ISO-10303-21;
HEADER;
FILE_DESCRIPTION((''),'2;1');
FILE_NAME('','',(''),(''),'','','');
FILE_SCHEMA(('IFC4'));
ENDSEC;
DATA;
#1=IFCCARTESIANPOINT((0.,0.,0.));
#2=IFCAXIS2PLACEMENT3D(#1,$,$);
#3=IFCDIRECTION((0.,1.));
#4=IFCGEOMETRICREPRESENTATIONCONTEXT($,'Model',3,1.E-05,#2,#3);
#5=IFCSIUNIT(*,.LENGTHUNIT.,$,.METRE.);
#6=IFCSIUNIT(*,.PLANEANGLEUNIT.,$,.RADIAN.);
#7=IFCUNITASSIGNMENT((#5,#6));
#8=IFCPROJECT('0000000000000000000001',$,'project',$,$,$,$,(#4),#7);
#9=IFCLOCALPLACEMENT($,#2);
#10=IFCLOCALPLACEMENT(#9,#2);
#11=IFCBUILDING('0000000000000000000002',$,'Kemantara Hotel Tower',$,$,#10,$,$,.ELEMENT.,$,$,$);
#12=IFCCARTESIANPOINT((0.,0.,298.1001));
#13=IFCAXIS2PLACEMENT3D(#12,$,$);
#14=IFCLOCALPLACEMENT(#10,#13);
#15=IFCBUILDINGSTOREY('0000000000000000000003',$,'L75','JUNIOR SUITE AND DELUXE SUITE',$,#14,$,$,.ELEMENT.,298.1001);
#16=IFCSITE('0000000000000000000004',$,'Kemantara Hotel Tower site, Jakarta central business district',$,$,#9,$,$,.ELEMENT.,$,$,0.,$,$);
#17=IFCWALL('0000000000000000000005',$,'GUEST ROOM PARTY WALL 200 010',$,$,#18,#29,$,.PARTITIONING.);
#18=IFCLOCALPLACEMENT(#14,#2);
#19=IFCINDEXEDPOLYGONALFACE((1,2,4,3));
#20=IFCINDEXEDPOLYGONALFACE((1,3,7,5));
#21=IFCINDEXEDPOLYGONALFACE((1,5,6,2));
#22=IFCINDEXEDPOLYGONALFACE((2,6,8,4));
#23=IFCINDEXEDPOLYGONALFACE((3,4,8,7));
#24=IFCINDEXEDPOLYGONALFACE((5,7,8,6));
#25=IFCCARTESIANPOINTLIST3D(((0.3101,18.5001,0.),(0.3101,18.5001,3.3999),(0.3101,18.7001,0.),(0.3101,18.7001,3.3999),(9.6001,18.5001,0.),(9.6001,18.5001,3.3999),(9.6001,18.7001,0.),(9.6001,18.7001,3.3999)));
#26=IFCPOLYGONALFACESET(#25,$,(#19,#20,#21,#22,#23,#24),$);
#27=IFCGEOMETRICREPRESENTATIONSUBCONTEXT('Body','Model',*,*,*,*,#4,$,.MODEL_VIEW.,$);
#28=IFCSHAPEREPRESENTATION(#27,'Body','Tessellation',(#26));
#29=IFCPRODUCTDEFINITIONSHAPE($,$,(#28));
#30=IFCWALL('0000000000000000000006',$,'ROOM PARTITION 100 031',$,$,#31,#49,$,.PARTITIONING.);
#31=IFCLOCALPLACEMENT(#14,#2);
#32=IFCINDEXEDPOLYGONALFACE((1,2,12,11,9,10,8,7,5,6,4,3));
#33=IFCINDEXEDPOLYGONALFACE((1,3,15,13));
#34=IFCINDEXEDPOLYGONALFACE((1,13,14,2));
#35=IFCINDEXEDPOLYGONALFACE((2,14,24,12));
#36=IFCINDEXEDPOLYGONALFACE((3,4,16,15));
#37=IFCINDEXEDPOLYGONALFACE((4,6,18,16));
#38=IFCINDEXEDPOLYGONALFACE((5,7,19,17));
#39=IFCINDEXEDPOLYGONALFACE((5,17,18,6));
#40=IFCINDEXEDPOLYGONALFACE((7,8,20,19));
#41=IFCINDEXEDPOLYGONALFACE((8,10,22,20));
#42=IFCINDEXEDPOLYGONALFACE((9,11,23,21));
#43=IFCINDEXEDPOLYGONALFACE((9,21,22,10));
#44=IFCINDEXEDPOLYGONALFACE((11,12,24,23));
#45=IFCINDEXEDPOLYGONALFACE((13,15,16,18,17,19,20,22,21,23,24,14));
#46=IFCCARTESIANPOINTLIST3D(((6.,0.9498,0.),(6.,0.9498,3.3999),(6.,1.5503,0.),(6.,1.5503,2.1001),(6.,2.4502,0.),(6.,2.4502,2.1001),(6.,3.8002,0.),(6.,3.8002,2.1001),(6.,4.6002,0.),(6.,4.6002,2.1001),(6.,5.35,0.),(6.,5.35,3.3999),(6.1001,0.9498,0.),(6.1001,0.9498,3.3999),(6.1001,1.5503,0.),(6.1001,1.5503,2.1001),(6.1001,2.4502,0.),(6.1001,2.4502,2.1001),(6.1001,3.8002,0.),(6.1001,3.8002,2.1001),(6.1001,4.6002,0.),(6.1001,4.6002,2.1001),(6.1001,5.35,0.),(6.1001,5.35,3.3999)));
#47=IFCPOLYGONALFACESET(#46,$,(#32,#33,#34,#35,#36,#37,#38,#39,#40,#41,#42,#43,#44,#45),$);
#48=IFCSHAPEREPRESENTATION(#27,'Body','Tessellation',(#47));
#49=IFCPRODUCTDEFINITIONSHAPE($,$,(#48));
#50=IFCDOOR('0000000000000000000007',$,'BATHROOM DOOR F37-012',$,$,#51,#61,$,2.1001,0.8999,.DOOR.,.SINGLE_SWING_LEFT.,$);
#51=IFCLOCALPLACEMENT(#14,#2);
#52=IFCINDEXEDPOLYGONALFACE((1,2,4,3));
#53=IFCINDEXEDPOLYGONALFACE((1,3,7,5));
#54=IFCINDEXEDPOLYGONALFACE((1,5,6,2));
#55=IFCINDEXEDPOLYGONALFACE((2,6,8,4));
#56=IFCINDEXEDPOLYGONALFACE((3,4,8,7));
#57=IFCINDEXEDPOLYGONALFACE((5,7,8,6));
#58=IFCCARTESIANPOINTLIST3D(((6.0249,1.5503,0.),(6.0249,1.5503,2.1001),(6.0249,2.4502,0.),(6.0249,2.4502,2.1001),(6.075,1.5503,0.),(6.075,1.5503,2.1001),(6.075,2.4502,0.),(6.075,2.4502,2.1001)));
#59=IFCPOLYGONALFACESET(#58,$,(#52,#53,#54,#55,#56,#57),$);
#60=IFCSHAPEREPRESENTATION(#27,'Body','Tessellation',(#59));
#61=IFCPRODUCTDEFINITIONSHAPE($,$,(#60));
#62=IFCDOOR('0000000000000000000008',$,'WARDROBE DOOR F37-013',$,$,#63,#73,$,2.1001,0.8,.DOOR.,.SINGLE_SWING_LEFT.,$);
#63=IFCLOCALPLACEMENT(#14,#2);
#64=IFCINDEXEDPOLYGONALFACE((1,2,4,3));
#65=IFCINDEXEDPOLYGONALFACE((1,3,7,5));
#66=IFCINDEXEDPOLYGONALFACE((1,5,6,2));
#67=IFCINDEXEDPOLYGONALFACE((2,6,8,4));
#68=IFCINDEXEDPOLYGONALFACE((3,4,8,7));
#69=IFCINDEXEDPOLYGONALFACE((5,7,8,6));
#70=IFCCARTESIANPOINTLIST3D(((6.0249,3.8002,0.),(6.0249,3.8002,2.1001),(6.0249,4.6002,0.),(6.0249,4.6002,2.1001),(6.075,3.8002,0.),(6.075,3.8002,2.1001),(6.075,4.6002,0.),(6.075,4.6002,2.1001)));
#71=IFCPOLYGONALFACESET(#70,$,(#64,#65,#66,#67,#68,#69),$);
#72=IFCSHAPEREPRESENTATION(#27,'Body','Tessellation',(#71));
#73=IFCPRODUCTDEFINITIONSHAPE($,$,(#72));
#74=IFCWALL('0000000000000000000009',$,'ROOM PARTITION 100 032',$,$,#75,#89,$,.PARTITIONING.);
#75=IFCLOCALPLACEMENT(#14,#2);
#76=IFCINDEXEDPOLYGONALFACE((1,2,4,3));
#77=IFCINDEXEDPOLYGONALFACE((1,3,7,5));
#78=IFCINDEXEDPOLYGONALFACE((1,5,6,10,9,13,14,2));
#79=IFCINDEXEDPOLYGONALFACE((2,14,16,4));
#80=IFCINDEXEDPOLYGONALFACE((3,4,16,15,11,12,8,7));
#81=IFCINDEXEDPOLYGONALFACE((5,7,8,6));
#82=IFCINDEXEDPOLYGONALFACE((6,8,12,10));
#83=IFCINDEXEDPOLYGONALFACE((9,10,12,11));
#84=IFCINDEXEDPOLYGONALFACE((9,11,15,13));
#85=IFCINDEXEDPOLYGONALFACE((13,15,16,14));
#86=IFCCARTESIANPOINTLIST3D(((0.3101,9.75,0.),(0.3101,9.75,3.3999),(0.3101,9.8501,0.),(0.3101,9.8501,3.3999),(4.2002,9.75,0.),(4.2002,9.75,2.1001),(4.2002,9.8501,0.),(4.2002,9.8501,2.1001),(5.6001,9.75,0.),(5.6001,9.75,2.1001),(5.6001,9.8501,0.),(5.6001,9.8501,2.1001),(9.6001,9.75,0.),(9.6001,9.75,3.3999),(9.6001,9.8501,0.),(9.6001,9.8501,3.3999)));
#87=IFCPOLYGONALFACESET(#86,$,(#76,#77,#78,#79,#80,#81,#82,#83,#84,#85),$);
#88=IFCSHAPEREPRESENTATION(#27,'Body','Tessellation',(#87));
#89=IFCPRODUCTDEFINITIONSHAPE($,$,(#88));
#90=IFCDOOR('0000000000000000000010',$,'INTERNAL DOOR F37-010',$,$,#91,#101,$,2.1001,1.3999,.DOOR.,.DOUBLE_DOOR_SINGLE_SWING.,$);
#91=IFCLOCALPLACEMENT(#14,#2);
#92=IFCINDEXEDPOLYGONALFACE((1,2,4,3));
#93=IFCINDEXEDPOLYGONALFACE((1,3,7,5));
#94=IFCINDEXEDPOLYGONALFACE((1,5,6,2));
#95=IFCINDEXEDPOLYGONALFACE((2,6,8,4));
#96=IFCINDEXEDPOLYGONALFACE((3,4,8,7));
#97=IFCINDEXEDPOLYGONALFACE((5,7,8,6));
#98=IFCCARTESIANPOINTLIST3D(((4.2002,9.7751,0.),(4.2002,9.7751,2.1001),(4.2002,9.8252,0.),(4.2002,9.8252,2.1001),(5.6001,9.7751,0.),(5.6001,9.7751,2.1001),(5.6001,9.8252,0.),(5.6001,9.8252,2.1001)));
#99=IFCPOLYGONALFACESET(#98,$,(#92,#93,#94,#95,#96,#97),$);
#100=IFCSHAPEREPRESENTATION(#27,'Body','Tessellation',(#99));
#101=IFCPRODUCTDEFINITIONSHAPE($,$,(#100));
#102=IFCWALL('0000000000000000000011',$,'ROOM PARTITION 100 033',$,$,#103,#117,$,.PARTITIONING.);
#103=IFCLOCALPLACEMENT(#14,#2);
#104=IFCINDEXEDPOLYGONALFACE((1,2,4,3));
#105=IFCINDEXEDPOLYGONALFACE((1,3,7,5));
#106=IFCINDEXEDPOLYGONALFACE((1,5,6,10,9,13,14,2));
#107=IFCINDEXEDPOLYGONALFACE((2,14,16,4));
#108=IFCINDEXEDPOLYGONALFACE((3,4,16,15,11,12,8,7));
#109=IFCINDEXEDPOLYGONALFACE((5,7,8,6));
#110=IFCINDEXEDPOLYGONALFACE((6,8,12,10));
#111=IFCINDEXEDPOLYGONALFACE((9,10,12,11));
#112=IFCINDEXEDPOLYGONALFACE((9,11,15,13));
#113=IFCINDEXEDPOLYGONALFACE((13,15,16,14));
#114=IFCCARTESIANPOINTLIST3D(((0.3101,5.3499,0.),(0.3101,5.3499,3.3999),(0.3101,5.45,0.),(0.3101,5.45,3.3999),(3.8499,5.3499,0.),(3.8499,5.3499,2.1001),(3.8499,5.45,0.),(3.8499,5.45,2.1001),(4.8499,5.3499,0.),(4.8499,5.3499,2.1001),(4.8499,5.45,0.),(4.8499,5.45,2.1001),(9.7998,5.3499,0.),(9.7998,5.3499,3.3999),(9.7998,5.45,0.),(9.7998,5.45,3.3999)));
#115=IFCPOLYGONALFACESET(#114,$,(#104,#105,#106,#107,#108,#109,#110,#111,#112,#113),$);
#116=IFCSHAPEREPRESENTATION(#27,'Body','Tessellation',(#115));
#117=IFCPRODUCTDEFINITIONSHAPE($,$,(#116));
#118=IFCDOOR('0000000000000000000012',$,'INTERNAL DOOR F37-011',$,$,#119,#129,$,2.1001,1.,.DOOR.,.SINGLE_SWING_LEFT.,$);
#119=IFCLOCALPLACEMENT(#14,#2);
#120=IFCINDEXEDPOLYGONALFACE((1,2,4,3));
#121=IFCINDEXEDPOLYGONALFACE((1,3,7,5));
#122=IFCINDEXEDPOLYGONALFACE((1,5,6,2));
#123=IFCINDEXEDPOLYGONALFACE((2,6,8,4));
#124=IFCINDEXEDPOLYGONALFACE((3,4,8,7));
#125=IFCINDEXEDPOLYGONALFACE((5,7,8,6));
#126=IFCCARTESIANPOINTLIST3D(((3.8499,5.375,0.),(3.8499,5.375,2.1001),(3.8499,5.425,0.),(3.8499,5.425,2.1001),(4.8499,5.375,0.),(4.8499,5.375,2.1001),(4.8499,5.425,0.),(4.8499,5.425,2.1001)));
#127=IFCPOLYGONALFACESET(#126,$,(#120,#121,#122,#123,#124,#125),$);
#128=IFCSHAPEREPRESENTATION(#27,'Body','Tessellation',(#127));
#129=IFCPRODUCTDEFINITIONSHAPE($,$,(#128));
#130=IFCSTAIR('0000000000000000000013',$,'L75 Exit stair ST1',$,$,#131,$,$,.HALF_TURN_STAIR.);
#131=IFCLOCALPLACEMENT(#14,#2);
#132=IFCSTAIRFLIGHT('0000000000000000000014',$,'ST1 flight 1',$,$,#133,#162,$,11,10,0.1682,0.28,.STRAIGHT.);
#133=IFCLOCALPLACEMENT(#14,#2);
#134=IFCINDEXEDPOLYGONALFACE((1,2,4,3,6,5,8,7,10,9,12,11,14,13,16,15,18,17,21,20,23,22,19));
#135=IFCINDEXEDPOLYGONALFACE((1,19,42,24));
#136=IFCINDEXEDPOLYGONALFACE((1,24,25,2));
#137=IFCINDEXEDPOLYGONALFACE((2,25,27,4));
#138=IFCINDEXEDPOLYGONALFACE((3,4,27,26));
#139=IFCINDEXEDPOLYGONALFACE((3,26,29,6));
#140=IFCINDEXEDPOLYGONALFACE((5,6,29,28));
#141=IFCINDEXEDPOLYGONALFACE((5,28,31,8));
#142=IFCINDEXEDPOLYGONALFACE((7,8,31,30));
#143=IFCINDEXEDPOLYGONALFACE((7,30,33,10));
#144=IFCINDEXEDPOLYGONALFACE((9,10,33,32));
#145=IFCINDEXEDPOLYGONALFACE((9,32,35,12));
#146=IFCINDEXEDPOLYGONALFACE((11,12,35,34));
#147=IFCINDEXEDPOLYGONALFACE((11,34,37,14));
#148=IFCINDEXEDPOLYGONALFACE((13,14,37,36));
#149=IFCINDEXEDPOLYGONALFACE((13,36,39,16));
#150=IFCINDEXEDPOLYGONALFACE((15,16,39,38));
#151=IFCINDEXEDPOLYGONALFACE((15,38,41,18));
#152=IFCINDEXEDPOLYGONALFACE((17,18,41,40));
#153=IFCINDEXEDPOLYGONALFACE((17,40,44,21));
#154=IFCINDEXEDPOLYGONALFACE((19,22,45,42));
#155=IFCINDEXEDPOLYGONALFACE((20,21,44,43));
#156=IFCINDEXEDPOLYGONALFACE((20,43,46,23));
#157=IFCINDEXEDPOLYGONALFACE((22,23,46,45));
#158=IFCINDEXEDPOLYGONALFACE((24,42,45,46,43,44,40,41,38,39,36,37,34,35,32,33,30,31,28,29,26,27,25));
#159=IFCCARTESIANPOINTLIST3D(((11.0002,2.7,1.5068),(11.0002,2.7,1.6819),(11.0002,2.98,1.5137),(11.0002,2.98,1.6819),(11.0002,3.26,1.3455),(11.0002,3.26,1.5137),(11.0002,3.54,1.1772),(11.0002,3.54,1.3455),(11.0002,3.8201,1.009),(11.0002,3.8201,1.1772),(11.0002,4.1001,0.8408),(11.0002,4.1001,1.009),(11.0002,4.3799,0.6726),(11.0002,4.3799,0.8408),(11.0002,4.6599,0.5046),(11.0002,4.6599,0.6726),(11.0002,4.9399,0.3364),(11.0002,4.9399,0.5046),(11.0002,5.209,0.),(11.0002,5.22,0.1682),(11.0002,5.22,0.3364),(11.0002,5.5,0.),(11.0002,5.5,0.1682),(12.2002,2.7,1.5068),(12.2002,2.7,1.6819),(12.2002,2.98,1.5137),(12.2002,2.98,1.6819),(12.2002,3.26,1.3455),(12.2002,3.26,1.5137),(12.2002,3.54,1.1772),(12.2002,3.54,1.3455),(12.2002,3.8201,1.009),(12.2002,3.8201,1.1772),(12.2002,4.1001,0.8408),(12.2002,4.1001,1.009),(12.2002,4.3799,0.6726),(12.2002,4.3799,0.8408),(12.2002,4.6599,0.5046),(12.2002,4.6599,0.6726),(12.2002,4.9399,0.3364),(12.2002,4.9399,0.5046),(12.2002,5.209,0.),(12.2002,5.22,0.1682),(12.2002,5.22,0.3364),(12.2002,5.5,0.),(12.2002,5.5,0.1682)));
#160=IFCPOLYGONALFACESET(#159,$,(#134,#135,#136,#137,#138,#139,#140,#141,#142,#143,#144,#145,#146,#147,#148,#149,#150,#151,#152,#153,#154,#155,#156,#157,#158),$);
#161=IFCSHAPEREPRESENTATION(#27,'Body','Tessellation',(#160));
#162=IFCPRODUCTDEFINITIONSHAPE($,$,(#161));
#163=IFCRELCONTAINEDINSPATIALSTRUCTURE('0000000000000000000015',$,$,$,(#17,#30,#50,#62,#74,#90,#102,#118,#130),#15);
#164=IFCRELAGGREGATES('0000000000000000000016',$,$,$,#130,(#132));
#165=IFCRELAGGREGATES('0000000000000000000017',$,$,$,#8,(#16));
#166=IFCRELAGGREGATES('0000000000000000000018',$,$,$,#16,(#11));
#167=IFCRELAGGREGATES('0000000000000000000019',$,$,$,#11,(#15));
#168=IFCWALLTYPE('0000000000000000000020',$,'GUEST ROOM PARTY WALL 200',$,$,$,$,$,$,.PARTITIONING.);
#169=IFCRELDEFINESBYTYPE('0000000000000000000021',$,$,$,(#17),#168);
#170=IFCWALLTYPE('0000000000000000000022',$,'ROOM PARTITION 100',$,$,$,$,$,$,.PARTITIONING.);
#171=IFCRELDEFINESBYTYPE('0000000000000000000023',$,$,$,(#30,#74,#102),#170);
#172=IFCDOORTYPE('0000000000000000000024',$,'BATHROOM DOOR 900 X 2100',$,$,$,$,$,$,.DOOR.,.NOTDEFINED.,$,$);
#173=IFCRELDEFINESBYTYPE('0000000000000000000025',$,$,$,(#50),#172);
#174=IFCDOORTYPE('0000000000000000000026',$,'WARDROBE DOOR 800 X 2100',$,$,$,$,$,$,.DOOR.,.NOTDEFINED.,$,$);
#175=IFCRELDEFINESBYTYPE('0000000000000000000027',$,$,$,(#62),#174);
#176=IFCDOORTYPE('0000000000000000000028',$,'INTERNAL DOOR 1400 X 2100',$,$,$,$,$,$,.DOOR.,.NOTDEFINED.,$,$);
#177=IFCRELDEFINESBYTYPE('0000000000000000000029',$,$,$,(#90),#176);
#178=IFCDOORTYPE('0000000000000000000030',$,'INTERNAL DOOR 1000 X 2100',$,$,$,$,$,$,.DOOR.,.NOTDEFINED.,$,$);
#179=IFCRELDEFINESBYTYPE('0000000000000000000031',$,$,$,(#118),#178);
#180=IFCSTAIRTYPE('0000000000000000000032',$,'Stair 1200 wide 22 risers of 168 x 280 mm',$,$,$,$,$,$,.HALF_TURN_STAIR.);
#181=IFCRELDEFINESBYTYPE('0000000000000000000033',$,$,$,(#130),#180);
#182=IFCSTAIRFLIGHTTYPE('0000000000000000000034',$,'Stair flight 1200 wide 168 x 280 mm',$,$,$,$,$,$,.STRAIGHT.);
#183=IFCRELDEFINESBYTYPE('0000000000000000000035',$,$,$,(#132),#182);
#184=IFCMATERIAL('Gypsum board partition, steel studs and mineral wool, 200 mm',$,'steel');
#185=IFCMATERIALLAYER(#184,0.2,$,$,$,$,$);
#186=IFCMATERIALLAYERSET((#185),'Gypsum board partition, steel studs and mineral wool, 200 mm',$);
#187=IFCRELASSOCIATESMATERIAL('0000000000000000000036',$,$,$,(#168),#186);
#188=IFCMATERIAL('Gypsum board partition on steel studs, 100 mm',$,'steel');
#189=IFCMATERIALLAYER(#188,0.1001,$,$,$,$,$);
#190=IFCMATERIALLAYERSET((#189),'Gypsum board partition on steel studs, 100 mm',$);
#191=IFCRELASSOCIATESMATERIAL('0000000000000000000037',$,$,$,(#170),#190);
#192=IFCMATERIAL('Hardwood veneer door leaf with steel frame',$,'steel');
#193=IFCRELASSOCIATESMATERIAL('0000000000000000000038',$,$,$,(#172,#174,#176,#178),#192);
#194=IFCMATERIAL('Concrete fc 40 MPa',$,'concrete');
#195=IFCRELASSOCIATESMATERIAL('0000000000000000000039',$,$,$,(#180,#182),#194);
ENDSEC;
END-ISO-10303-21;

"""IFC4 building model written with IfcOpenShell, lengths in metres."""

from ifc_helpers import new_model, si_unit, direction, frame, frame_2d, origin, place, context, subcontext, project, spatial, polyline, rectangle, outline, extrude, material, layer, layer_set, type_object, element, fill, aggregate, save


model = new_model("IFC4")

# Units and contexts
model_context = context("Model", 3, precision=1e-05, world=origin(), true_north=direction((0.0, 1.0)))
body_context = subcontext(model_context, "Body", "Model", "MODEL_VIEW")
ifc_project = project(units=[si_unit("LENGTHUNIT", "METRE"), si_unit("PLANEANGLEUNIT", "RADIAN")], contexts=[model_context])

# Site, building, storey
site_placement = place(None, origin())
site = spatial("IfcSite", under=ifc_project, at=site_placement, Name="Kemantara Hotel Tower site, Jakarta central business district", CompositionType="ELEMENT", RefElevation=0.0)
building_placement = place(site_placement, origin())
building = spatial("IfcBuilding", under=site, at=building_placement, Name="Kemantara Hotel Tower", CompositionType="ELEMENT")
storey_placement = place(building_placement, frame((0.0, 0.0, 298.1001)))
storey = spatial("IfcBuildingStorey", under=building, at=storey_placement, Name="L75", Description="JUNIOR SUITE AND DELUXE SUITE", CompositionType="ELEMENT", Elevation=298.1001)

# Shared definitions
ifc_material_1 = material(Name="Gypsum board partition, steel studs and mineral wool, 200 mm", Category="steel")
ifc_material_2 = material(Name="Hardwood veneer door leaf with steel frame", Category="steel")

# Wall
ifc_layer_1 = layer(ifc_material_1, 0.2)
ifc_layer_set_1 = layer_set([ifc_layer_1], Name="Gypsum board partition, steel studs and mineral wool, 200 mm")
wall_type_1 = type_object("IfcWallType", Name="GUEST ROOM PARTY WALL 200", PredefinedType="PARTITIONING", material=ifc_layer_set_1)
wall_1_placement = place(storey_placement, frame((0.3101, 18.6001, 0.0), z_axis=(0.0, 0.0, 1.0), x_axis=(1.0, 0.0, 0.0)))
element("IfcWall", 1, at=wall_1_placement, inside=storey, type_object=wall_type_1, Name="GUEST ROOM PARTY WALL 200 010", PredefinedType="PARTITIONING", context=body_context, shape_type="SweptSolid", body=[
    extrude(rectangle(XDim=9.29, YDim=0.2, at=frame_2d((4.645, 0.0))), origin(), (0.0, 0.0, 1.0), 3.3999),
])

# Wall, openings, doors
ifc_material_3 = material(Name="Gypsum board partition on steel studs, 100 mm", Category="steel")
ifc_layer_2 = layer(ifc_material_3, 0.1001)
ifc_layer_set_2 = layer_set([ifc_layer_2], Name="Gypsum board partition on steel studs, 100 mm")
wall_type_2 = type_object("IfcWallType", Name="ROOM PARTITION 100", PredefinedType="PARTITIONING", material=ifc_layer_set_2)
wall_2_placement = place(storey_placement, frame((6.05, 5.3501, 0.0), z_axis=(0.0, 0.0, 1.0), x_axis=(0.0, -1.0, 0.0)))
wall_2 = element("IfcWall", 2, at=wall_2_placement, inside=storey, type_object=wall_type_2, Name="ROOM PARTITION 100 031", PredefinedType="PARTITIONING", context=body_context, shape_type="SweptSolid", body=[
    extrude(rectangle(XDim=4.4001, YDim=0.1001, at=frame_2d((2.2002, 0.0))), origin(), (0.0, 0.0, 1.0), 3.3999),
])
opening_1_placement = place(wall_2_placement, frame((2.8999, 0.0, 0.0)))
opening_1 = element("IfcOpeningElement", 3, at=opening_1_placement, cuts=wall_2, PredefinedType="OPENING", context=body_context, shape_type="SweptSolid", body=[
    extrude(rectangle(XDim=0.8999, YDim=2.1001, at=frame_2d((0.45, 1.05))), frame((0.0, 0.0601, 0.0), z_axis=(0.0, -1.0, 0.0), x_axis=(1.0, 0.0, 0.0)), (0.0, 0.0, 1.0), 0.1201),
])
opening_2_placement = place(wall_2_placement, frame((0.75, 0.0, 0.0)))
opening_2 = element("IfcOpeningElement", 4, at=opening_2_placement, cuts=wall_2, PredefinedType="OPENING", context=body_context, shape_type="SweptSolid", body=[
    extrude(rectangle(XDim=0.8, YDim=2.1001, at=frame_2d((0.3999, 1.05))), frame((0.0, 0.0601, 0.0), z_axis=(0.0, -1.0, 0.0), x_axis=(1.0, 0.0, 0.0)), (0.0, 0.0, 1.0), 0.1201),
])
door_type_1 = type_object("IfcDoorType", Name="BATHROOM DOOR 900 X 2100", OperationType="NOTDEFINED", PredefinedType="DOOR", material=ifc_material_2)
door_1_placement = place(opening_1_placement, origin())
door_1 = element("IfcDoor", 5, at=door_1_placement, inside=storey, type_object=door_type_1, Name="BATHROOM DOOR F37-012", OperationType="SINGLE_SWING_LEFT", OverallHeight=2.1001, OverallWidth=0.8999, PredefinedType="DOOR", context=body_context, shape_type="SweptSolid", body=[
    extrude(rectangle(XDim=0.8999, YDim=2.1001, at=frame_2d((0.45, 1.05))), frame((0.0, 0.0249, 0.0), z_axis=(0.0, -1.0, 0.0), x_axis=(1.0, 0.0, 0.0)), (0.0, 0.0, 1.0), 0.05),
])
fill(opening_1, door_1)
door_type_2 = type_object("IfcDoorType", Name="WARDROBE DOOR 800 X 2100", OperationType="NOTDEFINED", PredefinedType="DOOR", material=ifc_material_2)
door_2_placement = place(opening_2_placement, origin())
door_2 = element("IfcDoor", 6, at=door_2_placement, inside=storey, type_object=door_type_2, Name="WARDROBE DOOR F37-013", OperationType="SINGLE_SWING_LEFT", OverallHeight=2.1001, OverallWidth=0.8, PredefinedType="DOOR", context=body_context, shape_type="SweptSolid", body=[
    extrude(rectangle(XDim=0.8, YDim=2.1001, at=frame_2d((0.3999, 1.05))), frame((0.0, 0.0249, 0.0), z_axis=(0.0, -1.0, 0.0), x_axis=(1.0, 0.0, 0.0)), (0.0, 0.0, 1.0), 0.05),
])
fill(opening_2, door_2)

# Walls, openings, doors
wall_3_placement = place(storey_placement, frame((9.6001, 9.8, 0.0), z_axis=(0.0, 0.0, 1.0), x_axis=(-1.0, 0.0, 0.0)))
wall_3 = element("IfcWall", 7, at=wall_3_placement, inside=storey, type_object=wall_type_2, Name="ROOM PARTITION 100 032", PredefinedType="PARTITIONING", context=body_context, shape_type="SweptSolid", body=[
    extrude(rectangle(XDim=9.29, YDim=0.1001, at=frame_2d((4.645, 0.0))), origin(), (0.0, 0.0, 1.0), 3.3999),
])
opening_3_placement = place(wall_3_placement, frame((4.0, 0.0, 0.0)))
opening_3 = element("IfcOpeningElement", 8, at=opening_3_placement, cuts=wall_3, PredefinedType="OPENING", context=body_context, shape_type="SweptSolid", body=[
    extrude(rectangle(XDim=1.3999, YDim=2.1001, at=frame_2d((0.7, 1.05))), frame((0.0, 0.0601, 0.0), z_axis=(0.0, -1.0, 0.0), x_axis=(1.0, 0.0, 0.0)), (0.0, 0.0, 1.0), 0.1201),
])
door_type_3 = type_object("IfcDoorType", Name="INTERNAL DOOR 1400 X 2100", OperationType="NOTDEFINED", PredefinedType="DOOR", material=ifc_material_2)
door_3_placement = place(opening_3_placement, origin())
door_3 = element("IfcDoor", 9, at=door_3_placement, inside=storey, type_object=door_type_3, Name="INTERNAL DOOR F37-010", OperationType="DOUBLE_DOOR_SINGLE_SWING", OverallHeight=2.1001, OverallWidth=1.3999, PredefinedType="DOOR", context=body_context, shape_type="SweptSolid", body=[
    extrude(rectangle(XDim=1.3999, YDim=2.1001, at=frame_2d((0.7, 1.05))), frame((0.0, 0.0249, 0.0), z_axis=(0.0, -1.0, 0.0), x_axis=(1.0, 0.0, 0.0)), (0.0, 0.0, 1.0), 0.05),
])
fill(opening_3, door_3)
wall_4_placement = place(storey_placement, frame((9.7998, 5.3999, 0.0), z_axis=(0.0, 0.0, 1.0), x_axis=(-1.0, 0.0, 0.0)))
wall_4 = element("IfcWall", 10, at=wall_4_placement, inside=storey, type_object=wall_type_2, Name="ROOM PARTITION 100 033", PredefinedType="PARTITIONING", context=body_context, shape_type="SweptSolid", body=[
    extrude(rectangle(XDim=9.4897, YDim=0.1001, at=frame_2d((4.7449, 0.0))), origin(), (0.0, 0.0, 1.0), 3.3999),
])
opening_4_placement = place(wall_4_placement, frame((4.95, 0.0, 0.0)))
opening_4 = element("IfcOpeningElement", 11, at=opening_4_placement, cuts=wall_4, PredefinedType="OPENING", context=body_context, shape_type="SweptSolid", body=[
    extrude(rectangle(XDim=1.0, YDim=2.1001, at=frame_2d((0.5, 1.05))), frame((0.0, 0.0601, 0.0), z_axis=(0.0, -1.0, 0.0), x_axis=(1.0, 0.0, 0.0)), (0.0, 0.0, 1.0), 0.1201),
])
door_type_4 = type_object("IfcDoorType", Name="INTERNAL DOOR 1000 X 2100", OperationType="NOTDEFINED", PredefinedType="DOOR", material=ifc_material_2)
door_4_placement = place(opening_4_placement, origin())
door_4 = element("IfcDoor", 12, at=door_4_placement, inside=storey, type_object=door_type_4, Name="INTERNAL DOOR F37-011", OperationType="SINGLE_SWING_LEFT", OverallHeight=2.1001, OverallWidth=1.0, PredefinedType="DOOR", context=body_context, shape_type="SweptSolid", body=[
    extrude(rectangle(XDim=1.0, YDim=2.1001, at=frame_2d((0.5, 1.05))), frame((0.0, 0.0249, 0.0), z_axis=(0.0, -1.0, 0.0), x_axis=(1.0, 0.0, 0.0)), (0.0, 0.0, 1.0), 0.05),
])
fill(opening_4, door_4)

# Stair, stair flight
ifc_material_4 = material(Name="Concrete fc 40 MPa", Category="concrete")
stair_type = type_object("IfcStairType", Name="Stair 1200 wide 22 risers of 168 x 280 mm", PredefinedType="HALF_TURN_STAIR", material=ifc_material_4)
stair_placement = place(storey_placement, origin())
stair = element("IfcStair", 13, at=stair_placement, inside=storey, type_object=stair_type, Name="L75 Exit stair ST1", PredefinedType="HALF_TURN_STAIR")
stair_flight_type = type_object("IfcStairFlightType", Name="Stair flight 1200 wide 168 x 280 mm", PredefinedType="STRAIGHT", material=ifc_material_4)
stair_flight_placement = place(storey_placement, frame((11.6001, 5.5, 0.0), z_axis=(0.0, 0.0, 1.0), x_axis=(0.0, -1.0, 0.0)))
stair_flight = element("IfcStairFlight", 14, at=stair_flight_placement, type_object=stair_flight_type, Name="ST1 flight 1", NumberOfRisers=11, NumberOfTreads=10, PredefinedType="STRAIGHT", RiserHeight=0.1682, TreadLength=0.28, context=body_context, shape_type="SweptSolid", body=[
    extrude(outline(polyline([(0.0, 0.0), (0.0, 0.1682), (0.28, 0.1682), (0.28, 0.3364), (0.5601, 0.3364), (0.5601, 0.5046), (0.8401, 0.5046), (0.8401, 0.6726), (1.1201, 0.6726), (1.1201, 0.8408), (1.3999, 0.8408), (1.3999, 1.009), (1.6799, 1.009), (1.6799, 1.1772), (1.96, 1.1772), (1.96, 1.3455), (2.24, 1.3455), (2.24, 1.5137), (2.52, 1.5137), (2.52, 1.6819), (2.8, 1.6819), (2.8, 1.8501), (2.8, 1.5068), (0.291, 0.0), (0.0, 0.0)])), frame((0.0, 0.6001, 0.0), z_axis=(0.0, -1.0, 0.0), x_axis=(1.0, 0.0, 0.0)), (0.0, 0.0, 1.0), 1.2),
])
aggregate(stair, [stair_flight])

save(model, "model.ifc")
